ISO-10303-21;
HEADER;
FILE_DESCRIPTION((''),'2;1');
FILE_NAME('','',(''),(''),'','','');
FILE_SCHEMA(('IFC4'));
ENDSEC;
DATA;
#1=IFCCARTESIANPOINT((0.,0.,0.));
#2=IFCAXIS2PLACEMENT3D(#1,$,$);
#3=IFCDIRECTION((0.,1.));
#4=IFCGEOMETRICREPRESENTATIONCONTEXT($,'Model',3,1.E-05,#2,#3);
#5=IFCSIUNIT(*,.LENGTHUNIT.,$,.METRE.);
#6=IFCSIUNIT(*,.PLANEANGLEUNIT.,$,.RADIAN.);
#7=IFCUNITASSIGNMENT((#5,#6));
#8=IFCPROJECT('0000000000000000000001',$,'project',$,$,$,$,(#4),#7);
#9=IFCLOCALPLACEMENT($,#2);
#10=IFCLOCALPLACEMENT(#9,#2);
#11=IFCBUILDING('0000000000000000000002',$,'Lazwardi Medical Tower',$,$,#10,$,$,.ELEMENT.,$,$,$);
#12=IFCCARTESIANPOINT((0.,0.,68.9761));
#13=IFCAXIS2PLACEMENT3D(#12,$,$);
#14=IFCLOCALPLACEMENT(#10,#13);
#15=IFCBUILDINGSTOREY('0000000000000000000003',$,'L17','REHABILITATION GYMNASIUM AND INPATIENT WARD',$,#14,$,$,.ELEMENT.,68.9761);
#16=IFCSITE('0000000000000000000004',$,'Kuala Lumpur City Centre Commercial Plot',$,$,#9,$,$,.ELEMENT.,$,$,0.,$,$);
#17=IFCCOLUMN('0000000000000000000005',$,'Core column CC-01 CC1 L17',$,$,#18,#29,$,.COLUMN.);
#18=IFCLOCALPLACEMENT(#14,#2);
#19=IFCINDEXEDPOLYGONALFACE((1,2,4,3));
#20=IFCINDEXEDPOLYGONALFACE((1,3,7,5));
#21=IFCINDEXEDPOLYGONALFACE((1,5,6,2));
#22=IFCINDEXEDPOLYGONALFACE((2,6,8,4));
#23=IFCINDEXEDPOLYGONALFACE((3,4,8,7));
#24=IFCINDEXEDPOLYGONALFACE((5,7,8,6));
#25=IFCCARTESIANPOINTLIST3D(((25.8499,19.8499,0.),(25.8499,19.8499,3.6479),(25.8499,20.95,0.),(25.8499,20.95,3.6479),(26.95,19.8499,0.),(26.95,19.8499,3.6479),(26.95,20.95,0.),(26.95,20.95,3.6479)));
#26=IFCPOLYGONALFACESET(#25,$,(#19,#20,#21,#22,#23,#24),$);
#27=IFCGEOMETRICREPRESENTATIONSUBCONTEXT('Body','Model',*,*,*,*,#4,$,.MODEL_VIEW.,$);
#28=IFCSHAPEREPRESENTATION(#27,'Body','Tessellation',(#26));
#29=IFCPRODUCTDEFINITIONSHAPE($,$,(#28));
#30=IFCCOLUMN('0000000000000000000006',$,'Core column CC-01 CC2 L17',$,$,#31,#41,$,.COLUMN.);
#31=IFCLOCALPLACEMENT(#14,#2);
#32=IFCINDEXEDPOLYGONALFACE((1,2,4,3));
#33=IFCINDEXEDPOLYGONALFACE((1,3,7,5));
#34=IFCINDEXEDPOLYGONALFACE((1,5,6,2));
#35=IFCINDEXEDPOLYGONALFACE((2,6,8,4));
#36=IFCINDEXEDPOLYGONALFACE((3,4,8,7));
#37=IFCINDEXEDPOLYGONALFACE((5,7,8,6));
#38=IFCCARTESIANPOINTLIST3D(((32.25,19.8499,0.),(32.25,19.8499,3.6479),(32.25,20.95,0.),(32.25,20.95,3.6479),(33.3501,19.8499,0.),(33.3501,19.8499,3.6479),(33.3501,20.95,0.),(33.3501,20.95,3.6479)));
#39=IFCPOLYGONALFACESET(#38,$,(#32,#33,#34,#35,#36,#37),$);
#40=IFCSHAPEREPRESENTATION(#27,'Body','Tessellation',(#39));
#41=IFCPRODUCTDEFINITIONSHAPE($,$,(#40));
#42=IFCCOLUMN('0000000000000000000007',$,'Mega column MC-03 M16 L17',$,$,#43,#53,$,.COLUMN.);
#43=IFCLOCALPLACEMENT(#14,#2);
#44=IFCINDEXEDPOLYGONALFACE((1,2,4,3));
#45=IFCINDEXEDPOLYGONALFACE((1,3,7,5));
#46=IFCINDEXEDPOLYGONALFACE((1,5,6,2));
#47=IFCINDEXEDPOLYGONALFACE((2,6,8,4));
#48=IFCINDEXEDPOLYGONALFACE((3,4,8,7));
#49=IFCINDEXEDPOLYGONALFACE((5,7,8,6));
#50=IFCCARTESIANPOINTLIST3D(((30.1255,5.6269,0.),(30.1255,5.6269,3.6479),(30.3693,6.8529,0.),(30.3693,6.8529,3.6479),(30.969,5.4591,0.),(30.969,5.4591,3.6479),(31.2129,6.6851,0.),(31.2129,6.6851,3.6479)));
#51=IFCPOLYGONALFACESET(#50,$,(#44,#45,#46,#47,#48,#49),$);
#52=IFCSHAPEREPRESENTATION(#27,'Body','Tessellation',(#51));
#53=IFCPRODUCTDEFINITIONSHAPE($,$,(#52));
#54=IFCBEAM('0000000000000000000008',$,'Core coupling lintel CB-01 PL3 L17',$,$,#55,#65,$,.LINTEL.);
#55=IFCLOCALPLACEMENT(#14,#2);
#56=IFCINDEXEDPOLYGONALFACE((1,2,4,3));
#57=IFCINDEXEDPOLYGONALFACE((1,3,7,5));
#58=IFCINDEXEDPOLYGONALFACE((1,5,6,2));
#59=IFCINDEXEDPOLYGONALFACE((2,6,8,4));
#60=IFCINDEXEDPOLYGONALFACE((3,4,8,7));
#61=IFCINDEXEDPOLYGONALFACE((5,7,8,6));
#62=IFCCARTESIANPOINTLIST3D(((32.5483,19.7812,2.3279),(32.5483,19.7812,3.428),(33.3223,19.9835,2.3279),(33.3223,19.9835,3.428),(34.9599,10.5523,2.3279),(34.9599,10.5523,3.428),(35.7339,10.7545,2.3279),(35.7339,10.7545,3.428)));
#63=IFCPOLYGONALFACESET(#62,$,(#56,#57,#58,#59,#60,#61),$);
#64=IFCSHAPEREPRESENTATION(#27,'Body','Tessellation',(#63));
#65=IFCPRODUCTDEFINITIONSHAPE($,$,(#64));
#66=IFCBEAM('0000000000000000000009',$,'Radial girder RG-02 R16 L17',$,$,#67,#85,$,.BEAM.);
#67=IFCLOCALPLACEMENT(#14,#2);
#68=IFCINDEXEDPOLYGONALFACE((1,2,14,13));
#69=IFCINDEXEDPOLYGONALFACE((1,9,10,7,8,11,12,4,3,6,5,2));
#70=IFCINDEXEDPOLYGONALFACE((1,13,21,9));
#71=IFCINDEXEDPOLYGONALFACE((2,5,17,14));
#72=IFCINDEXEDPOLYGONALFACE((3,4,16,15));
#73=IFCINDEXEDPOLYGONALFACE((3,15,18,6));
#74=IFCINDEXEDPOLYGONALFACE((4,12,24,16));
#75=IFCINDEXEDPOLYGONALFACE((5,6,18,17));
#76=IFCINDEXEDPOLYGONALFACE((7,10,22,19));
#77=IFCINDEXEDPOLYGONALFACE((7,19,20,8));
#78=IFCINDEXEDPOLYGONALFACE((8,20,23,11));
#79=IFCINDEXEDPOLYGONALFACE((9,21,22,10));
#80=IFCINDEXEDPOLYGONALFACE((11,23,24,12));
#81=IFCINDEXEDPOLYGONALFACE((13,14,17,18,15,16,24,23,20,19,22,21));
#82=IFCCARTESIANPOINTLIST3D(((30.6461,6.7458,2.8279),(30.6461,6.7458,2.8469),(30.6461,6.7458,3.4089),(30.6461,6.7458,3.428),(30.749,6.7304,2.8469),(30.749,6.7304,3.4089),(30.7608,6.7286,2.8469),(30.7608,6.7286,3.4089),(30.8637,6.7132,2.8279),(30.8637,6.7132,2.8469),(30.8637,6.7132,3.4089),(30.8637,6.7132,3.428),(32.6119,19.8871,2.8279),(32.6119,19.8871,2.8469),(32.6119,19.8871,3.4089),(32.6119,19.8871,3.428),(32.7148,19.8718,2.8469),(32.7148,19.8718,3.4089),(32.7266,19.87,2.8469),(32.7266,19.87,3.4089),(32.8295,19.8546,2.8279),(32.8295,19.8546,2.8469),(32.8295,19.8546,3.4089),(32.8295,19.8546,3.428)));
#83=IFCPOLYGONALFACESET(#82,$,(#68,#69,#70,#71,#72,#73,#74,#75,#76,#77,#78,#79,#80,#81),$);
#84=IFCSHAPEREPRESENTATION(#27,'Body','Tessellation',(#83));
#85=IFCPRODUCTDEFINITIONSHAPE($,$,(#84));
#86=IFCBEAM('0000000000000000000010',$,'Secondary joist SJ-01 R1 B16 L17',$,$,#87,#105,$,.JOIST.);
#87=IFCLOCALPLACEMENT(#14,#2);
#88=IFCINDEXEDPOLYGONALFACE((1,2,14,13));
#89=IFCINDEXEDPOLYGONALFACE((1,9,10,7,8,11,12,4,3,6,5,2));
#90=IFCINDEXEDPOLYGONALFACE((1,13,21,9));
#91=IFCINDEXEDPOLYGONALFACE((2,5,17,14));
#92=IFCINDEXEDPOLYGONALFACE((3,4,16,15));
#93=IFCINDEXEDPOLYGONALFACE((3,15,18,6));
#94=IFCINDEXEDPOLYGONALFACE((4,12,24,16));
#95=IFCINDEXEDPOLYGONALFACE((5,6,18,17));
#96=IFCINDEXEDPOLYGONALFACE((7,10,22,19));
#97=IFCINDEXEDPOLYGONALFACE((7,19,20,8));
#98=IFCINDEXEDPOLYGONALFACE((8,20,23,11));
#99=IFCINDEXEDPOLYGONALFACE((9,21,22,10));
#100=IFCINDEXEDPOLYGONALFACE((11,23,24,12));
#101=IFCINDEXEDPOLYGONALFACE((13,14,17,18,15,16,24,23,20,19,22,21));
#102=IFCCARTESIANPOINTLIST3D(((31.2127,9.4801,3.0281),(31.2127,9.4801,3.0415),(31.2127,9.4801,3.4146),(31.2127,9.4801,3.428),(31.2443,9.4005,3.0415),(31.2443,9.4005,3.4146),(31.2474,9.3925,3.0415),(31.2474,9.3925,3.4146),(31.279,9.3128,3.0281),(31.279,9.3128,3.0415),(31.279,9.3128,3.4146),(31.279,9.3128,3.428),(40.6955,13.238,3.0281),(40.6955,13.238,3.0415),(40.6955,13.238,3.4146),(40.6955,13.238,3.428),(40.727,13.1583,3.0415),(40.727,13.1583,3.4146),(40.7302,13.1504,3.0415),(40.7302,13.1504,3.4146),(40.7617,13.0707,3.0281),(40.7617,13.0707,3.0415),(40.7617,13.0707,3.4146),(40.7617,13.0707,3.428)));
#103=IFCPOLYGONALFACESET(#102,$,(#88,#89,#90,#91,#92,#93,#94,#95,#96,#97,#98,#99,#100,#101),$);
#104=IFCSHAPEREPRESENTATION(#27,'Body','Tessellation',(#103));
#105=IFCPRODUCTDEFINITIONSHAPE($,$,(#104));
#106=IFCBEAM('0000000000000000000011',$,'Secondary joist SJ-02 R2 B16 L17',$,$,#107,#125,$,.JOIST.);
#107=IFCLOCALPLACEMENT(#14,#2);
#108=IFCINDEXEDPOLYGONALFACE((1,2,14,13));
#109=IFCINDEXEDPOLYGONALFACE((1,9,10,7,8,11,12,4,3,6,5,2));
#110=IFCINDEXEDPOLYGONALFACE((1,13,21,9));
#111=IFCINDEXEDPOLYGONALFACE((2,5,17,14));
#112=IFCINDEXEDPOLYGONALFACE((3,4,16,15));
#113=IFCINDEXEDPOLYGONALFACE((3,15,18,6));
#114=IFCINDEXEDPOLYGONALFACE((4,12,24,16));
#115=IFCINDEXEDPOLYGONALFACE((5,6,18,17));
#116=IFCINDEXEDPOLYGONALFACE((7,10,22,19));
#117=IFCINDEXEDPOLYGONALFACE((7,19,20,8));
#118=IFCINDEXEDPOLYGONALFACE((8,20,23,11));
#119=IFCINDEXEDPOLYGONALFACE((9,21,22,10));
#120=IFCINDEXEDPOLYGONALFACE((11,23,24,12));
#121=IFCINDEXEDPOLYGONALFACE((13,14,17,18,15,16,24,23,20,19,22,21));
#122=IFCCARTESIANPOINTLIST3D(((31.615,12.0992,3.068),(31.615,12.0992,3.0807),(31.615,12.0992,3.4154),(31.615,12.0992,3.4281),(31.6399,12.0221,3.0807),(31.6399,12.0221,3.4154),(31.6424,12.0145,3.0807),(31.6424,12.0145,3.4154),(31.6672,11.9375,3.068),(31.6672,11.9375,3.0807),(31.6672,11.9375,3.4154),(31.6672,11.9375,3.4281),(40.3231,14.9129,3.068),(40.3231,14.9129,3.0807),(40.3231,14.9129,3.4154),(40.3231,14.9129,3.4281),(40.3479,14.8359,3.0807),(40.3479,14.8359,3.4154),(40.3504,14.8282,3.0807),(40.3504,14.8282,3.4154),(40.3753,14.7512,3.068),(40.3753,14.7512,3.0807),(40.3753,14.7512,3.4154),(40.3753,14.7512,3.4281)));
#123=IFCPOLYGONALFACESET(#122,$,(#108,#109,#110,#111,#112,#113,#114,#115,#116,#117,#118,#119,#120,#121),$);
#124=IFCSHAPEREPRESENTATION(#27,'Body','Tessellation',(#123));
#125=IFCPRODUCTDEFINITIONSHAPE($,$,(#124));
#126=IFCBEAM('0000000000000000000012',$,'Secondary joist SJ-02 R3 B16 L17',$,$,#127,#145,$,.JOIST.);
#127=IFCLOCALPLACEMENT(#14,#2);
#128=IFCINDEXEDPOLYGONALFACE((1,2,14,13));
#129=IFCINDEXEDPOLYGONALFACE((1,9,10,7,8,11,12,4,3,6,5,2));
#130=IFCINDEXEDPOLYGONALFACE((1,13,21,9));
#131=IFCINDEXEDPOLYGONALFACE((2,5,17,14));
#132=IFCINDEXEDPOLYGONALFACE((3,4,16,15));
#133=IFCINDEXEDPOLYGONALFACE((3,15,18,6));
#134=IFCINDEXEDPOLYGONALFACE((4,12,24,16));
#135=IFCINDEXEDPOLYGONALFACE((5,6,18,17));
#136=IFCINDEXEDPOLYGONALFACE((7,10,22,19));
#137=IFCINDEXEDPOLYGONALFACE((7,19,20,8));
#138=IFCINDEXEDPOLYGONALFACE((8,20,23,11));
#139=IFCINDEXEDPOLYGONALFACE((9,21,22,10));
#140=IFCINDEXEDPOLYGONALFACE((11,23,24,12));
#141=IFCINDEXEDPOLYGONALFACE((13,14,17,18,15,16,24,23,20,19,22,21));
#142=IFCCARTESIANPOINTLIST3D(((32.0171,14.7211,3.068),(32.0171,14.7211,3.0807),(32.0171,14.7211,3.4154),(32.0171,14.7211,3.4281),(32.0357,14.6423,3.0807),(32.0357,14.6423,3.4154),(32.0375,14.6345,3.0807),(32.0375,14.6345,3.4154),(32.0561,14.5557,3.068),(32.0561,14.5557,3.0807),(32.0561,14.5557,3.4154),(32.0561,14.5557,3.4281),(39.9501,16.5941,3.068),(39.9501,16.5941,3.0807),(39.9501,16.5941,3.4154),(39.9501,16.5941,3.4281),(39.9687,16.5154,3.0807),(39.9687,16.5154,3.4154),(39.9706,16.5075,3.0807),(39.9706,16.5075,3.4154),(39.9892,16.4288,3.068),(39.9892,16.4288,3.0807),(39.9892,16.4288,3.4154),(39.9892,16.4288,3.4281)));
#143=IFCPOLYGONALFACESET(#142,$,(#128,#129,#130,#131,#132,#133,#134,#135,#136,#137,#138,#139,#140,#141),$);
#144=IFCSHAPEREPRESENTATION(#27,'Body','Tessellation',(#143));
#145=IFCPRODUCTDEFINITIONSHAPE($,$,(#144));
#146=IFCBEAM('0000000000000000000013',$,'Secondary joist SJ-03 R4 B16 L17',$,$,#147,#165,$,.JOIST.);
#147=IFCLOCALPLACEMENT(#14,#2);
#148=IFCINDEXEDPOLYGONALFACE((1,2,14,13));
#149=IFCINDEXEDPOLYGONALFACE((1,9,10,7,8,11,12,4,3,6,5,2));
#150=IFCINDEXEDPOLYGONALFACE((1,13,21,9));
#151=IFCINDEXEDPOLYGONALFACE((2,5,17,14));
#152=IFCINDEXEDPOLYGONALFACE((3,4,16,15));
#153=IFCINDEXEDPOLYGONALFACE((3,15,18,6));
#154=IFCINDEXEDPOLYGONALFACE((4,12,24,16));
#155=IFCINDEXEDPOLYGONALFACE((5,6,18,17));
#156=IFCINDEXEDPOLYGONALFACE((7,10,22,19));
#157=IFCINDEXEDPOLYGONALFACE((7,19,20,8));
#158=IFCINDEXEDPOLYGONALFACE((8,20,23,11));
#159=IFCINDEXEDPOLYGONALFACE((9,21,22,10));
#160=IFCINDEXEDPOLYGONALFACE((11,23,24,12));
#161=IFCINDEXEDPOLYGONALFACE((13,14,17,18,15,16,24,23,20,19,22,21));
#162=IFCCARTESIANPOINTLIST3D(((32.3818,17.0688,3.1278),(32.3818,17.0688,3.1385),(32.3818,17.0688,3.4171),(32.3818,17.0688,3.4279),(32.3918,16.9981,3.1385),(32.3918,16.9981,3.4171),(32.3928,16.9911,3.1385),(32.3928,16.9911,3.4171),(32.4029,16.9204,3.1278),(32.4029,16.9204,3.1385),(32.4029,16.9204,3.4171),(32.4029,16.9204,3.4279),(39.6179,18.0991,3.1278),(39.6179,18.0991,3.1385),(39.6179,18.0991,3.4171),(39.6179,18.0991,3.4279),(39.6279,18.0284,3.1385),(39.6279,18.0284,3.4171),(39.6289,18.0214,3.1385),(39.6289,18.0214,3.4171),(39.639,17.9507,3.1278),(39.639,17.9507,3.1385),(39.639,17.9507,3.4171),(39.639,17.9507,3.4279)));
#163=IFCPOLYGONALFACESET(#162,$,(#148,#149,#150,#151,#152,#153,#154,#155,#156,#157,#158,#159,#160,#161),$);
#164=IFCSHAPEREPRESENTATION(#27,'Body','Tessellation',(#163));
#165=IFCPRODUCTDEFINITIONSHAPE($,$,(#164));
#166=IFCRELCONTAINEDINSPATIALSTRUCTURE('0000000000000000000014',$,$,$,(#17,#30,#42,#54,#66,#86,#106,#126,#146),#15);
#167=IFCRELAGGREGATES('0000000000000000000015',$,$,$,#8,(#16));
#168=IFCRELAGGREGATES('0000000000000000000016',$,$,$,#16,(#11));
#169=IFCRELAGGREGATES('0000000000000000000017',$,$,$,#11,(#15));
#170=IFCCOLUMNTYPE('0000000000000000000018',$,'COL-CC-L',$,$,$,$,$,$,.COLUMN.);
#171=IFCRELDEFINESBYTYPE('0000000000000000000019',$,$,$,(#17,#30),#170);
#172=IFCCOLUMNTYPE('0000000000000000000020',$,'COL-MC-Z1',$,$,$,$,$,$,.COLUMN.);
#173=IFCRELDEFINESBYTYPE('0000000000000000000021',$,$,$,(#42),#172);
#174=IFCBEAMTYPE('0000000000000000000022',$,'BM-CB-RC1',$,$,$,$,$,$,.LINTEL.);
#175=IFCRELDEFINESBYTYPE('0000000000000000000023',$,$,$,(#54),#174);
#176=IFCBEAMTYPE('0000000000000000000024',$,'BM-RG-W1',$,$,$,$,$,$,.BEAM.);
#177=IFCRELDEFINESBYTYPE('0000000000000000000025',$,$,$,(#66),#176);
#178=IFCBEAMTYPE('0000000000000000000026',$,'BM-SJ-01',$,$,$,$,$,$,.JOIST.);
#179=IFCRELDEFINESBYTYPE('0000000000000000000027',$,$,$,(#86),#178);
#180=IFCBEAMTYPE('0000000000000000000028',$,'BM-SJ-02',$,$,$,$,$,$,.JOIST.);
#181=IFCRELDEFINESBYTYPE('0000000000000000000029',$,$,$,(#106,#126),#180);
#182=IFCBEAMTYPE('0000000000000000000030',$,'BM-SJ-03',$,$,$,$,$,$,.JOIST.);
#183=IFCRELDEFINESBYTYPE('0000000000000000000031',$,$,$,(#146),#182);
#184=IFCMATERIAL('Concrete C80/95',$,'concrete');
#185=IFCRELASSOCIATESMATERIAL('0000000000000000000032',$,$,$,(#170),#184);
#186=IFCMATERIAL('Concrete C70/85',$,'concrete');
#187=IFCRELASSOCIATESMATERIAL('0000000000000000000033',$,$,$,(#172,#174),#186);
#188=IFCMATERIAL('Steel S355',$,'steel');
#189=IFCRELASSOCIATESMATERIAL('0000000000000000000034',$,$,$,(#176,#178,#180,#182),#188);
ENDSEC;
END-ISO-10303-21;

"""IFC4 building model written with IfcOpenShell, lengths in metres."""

from ifc_helpers import new_model, si_unit, direction, frame, origin, origin_2d, place, context, subcontext, project, spatial, rectangle, i_section, extrude, material, material_profile, profile_set, type_object, element, save


model = new_model("IFC4")

# Units and contexts
model_context = context("Model", 3, precision=1e-05, world=origin(), true_north=direction((0.0, 1.0)))
body_context = subcontext(model_context, "Body", "Model", "MODEL_VIEW")
ifc_project = project(units=[si_unit("LENGTHUNIT", "METRE"), si_unit("PLANEANGLEUNIT", "RADIAN")], contexts=[model_context])

# Site, building, storey
site_placement = place(None, origin())
site = spatial("IfcSite", under=ifc_project, at=site_placement, Name="Kuala Lumpur City Centre Commercial Plot", CompositionType="ELEMENT", RefElevation=0.0)
building_placement = place(site_placement, origin())
building = spatial("IfcBuilding", under=site, at=building_placement, Name="Lazwardi Medical Tower", CompositionType="ELEMENT")
storey_placement = place(building_placement, frame((0.0, 0.0, 68.9761)))
storey = spatial("IfcBuildingStorey", under=building, at=storey_placement, Name="L17", Description="REHABILITATION GYMNASIUM AND INPATIENT WARD", CompositionType="ELEMENT", Elevation=68.9761)

# Columns
ifc_material_1 = material(Name="Concrete C80/95", Category="concrete")
ifc_material_profile_1 = material_profile(ifc_material_1, rectangle(XDim=1.1001, YDim=1.1001, at=origin_2d()), Name="RC 1100x1100")
ifc_profile_set_1 = profile_set([ifc_material_profile_1], Name="Concrete C80/95")
column_type_1 = type_object("IfcColumnType", Name="COL-CC-L", PredefinedType="COLUMN", material=ifc_profile_set_1)
for number, where, z_axis, x_axis, name in (
    (1, (26.3999, 20.3999, 0.0), (0.0, 0.0, 1.0), (1.0, 0.0, 0.0), "Core column CC-01 CC1 L17"),
    (2, (32.8, 20.3999, 0.0), (0.0, 0.0, 1.0), (1.0, 0.0, 0.0), "Core column CC-01 CC2 L17"),
):
    element("IfcColumn", number, at=place(storey_placement, frame(where, z_axis=z_axis, x_axis=x_axis)), inside=storey, type_object=column_type_1, Name=name, PredefinedType="COLUMN", context=body_context, shape_type="SweptSolid", body=[
        extrude(rectangle(XDim=1.1001, YDim=1.1001, at=origin_2d()), origin(), (0.0, 0.0, 1.0), 3.6479),
    ])
ifc_material_2 = material(Name="Concrete C70/85", Category="concrete")
ifc_material_profile_2 = material_profile(ifc_material_2, rectangle(XDim=1.25, YDim=0.8601, at=origin_2d()), Name="CFT-RECT 1250x860")
ifc_profile_set_2 = profile_set([ifc_material_profile_2], Name="Concrete C70/85")
column_type_2 = type_object("IfcColumnType", Name="COL-MC-Z1", PredefinedType="COLUMN", material=ifc_profile_set_2)
column_placement = place(storey_placement, frame((30.6692, 6.156, 0.0), z_axis=(0.0, 0.0, 1.0), x_axis=(-0.19509, -0.980785, 0.0)))
element("IfcColumn", 3, at=column_placement, inside=storey, type_object=column_type_2, Name="Mega column MC-03 M16 L17", PredefinedType="COLUMN", context=body_context, shape_type="SweptSolid", body=[
    extrude(rectangle(XDim=1.25, YDim=0.8601, at=origin_2d()), origin(), (0.0, 0.0, 1.0), 3.6479),
])

# Beams
ifc_material_profile_3 = material_profile(ifc_material_2, rectangle(XDim=0.8, YDim=1.1001, at=origin_2d()), Name="RC 800x1100")
ifc_profile_set_3 = profile_set([ifc_material_profile_3], Name="Concrete C70/85")
beam_type_1 = type_object("IfcBeamType", Name="BM-CB-RC1", PredefinedType="LINTEL", material=ifc_profile_set_3)
beam_1_placement = place(storey_placement, frame((32.9353, 19.8823, 2.8779), z_axis=(0.25282, -0.967513, 0.0), x_axis=(0.967513, 0.25282, 0.0)))
element("IfcBeam", 4, at=beam_1_placement, inside=storey, type_object=beam_type_1, Name="Core coupling lintel CB-01 PL3 L17", PredefinedType="LINTEL", context=body_context, shape_type="SweptSolid", body=[
    extrude(rectangle(XDim=0.8, YDim=1.1001, at=origin_2d()), origin(), (0.0, 0.0, 1.0), 9.5388),
])
ifc_material_3 = material(Name="Steel S355", Category="steel")
ifc_material_profile_4 = material_profile(ifc_material_3, i_section(OverallWidth=0.22, OverallDepth=0.6001, WebThickness=0.012, FlangeThickness=0.019, at=origin_2d()), Name="IPE 600")
ifc_profile_set_4 = profile_set([ifc_material_profile_4], Name="Steel S355")
beam_type_2 = type_object("IfcBeamType", Name="BM-RG-W1", PredefinedType="BEAM", material=ifc_profile_set_4)
beam_2_placement = place(storey_placement, frame((30.7549, 6.7295, 3.1279), z_axis=(0.147944, 0.988996, 0.0), x_axis=(-0.988996, 0.147944, 0.0)))
element("IfcBeam", 5, at=beam_2_placement, inside=storey, type_object=beam_type_2, Name="Radial girder RG-02 R16 L17", PredefinedType="BEAM", context=body_context, shape_type="SweptSolid", body=[
    extrude(i_section(OverallWidth=0.22, OverallDepth=0.6001, WebThickness=0.012, FlangeThickness=0.019, at=origin_2d()), origin(), (0.0, 0.0, 1.0), 13.2876),
])
ifc_material_profile_5 = material_profile(ifc_material_3, i_section(OverallWidth=0.1799, OverallDepth=0.3999, WebThickness=0.0085, FlangeThickness=0.0134, at=origin_2d()), Name="IPE 400")
ifc_profile_set_5 = profile_set([ifc_material_profile_5], Name="Steel S355")
beam_type_3 = type_object("IfcBeamType", Name="BM-SJ-01", PredefinedType="JOIST", material=ifc_profile_set_5)
beam_3_placement = place(storey_placement, frame((31.2458, 9.3965, 3.228), z_axis=(0.929664, 0.368409, 0.0), x_axis=(-0.368409, 0.929664, 0.0)))
element("IfcBeam", 6, at=beam_3_placement, inside=storey, type_object=beam_type_3, Name="Secondary joist SJ-01 R1 B16 L17", PredefinedType="JOIST", context=body_context, shape_type="SweptSolid", body=[
    extrude(i_section(OverallWidth=0.1799, OverallDepth=0.3999, WebThickness=0.0085, FlangeThickness=0.0134, at=origin_2d()), origin(), (0.0, 0.0, 1.0), 10.2002),
])
ifc_material_profile_6 = material_profile(ifc_material_3, i_section(OverallWidth=0.1699, OverallDepth=0.3601, WebThickness=0.0081, FlangeThickness=0.0127, at=origin_2d()), Name="IPE 360")
ifc_profile_set_6 = profile_set([ifc_material_profile_6], Name="Steel S355")
beam_type_4 = type_object("IfcBeamType", Name="BM-SJ-02", PredefinedType="JOIST", material=ifc_profile_set_6)
beam_4_placement = place(storey_placement, frame((31.6411, 12.0183, 3.248), z_axis=(0.951559, 0.307467, 0.0), x_axis=(-0.307467, 0.951559, 0.0)))
element("IfcBeam", 7, at=beam_4_placement, inside=storey, type_object=beam_type_4, Name="Secondary joist SJ-02 R2 B16 L17", PredefinedType="JOIST", context=body_context, shape_type="SweptSolid", body=[
    extrude(i_section(OverallWidth=0.1699, OverallDepth=0.3601, WebThickness=0.0081, FlangeThickness=0.0127, at=origin_2d()), origin(), (0.0, 0.0, 1.0), 9.1514),
])
beam_5_placement = place(storey_placement, frame((32.0366, 14.6384, 3.248), z_axis=(0.973241, 0.229787, 0.0), x_axis=(-0.229787, 0.973241, 0.0)))
element("IfcBeam", 8, at=beam_5_placement, inside=storey, type_object=beam_type_4, Name="Secondary joist SJ-02 R3 B16 L17", PredefinedType="JOIST", context=body_context, shape_type="SweptSolid", body=[
    extrude(i_section(OverallWidth=0.1699, OverallDepth=0.3601, WebThickness=0.0081, FlangeThickness=0.0127, at=origin_2d()), origin(), (0.0, 0.0, 1.0), 8.1511),
])
ifc_material_profile_7 = material_profile(ifc_material_3, i_section(OverallWidth=0.1499, OverallDepth=0.3, WebThickness=0.0071, FlangeThickness=0.0107, at=origin_2d()), Name="IPE 300")
ifc_profile_set_7 = profile_set([ifc_material_profile_7], Name="Steel S355")
beam_type_5 = type_object("IfcBeamType", Name="BM-SJ-03", PredefinedType="JOIST", material=ifc_profile_set_7)
beam_6_placement = place(storey_placement, frame((32.3923, 16.9946, 3.2778), z_axis=(0.990016, 0.140958, 0.0), x_axis=(-0.140958, 0.990016, 0.0)))
element("IfcBeam", 9, at=beam_6_placement, inside=storey, type_object=beam_type_5, Name="Secondary joist SJ-03 R4 B16 L17", PredefinedType="JOIST", context=body_context, shape_type="SweptSolid", body=[
    extrude(i_section(OverallWidth=0.1499, OverallDepth=0.3, WebThickness=0.0071, FlangeThickness=0.0107, at=origin_2d()), origin(), (0.0, 0.0, 1.0), 7.3091),
])

save(model, "model.ifc")
